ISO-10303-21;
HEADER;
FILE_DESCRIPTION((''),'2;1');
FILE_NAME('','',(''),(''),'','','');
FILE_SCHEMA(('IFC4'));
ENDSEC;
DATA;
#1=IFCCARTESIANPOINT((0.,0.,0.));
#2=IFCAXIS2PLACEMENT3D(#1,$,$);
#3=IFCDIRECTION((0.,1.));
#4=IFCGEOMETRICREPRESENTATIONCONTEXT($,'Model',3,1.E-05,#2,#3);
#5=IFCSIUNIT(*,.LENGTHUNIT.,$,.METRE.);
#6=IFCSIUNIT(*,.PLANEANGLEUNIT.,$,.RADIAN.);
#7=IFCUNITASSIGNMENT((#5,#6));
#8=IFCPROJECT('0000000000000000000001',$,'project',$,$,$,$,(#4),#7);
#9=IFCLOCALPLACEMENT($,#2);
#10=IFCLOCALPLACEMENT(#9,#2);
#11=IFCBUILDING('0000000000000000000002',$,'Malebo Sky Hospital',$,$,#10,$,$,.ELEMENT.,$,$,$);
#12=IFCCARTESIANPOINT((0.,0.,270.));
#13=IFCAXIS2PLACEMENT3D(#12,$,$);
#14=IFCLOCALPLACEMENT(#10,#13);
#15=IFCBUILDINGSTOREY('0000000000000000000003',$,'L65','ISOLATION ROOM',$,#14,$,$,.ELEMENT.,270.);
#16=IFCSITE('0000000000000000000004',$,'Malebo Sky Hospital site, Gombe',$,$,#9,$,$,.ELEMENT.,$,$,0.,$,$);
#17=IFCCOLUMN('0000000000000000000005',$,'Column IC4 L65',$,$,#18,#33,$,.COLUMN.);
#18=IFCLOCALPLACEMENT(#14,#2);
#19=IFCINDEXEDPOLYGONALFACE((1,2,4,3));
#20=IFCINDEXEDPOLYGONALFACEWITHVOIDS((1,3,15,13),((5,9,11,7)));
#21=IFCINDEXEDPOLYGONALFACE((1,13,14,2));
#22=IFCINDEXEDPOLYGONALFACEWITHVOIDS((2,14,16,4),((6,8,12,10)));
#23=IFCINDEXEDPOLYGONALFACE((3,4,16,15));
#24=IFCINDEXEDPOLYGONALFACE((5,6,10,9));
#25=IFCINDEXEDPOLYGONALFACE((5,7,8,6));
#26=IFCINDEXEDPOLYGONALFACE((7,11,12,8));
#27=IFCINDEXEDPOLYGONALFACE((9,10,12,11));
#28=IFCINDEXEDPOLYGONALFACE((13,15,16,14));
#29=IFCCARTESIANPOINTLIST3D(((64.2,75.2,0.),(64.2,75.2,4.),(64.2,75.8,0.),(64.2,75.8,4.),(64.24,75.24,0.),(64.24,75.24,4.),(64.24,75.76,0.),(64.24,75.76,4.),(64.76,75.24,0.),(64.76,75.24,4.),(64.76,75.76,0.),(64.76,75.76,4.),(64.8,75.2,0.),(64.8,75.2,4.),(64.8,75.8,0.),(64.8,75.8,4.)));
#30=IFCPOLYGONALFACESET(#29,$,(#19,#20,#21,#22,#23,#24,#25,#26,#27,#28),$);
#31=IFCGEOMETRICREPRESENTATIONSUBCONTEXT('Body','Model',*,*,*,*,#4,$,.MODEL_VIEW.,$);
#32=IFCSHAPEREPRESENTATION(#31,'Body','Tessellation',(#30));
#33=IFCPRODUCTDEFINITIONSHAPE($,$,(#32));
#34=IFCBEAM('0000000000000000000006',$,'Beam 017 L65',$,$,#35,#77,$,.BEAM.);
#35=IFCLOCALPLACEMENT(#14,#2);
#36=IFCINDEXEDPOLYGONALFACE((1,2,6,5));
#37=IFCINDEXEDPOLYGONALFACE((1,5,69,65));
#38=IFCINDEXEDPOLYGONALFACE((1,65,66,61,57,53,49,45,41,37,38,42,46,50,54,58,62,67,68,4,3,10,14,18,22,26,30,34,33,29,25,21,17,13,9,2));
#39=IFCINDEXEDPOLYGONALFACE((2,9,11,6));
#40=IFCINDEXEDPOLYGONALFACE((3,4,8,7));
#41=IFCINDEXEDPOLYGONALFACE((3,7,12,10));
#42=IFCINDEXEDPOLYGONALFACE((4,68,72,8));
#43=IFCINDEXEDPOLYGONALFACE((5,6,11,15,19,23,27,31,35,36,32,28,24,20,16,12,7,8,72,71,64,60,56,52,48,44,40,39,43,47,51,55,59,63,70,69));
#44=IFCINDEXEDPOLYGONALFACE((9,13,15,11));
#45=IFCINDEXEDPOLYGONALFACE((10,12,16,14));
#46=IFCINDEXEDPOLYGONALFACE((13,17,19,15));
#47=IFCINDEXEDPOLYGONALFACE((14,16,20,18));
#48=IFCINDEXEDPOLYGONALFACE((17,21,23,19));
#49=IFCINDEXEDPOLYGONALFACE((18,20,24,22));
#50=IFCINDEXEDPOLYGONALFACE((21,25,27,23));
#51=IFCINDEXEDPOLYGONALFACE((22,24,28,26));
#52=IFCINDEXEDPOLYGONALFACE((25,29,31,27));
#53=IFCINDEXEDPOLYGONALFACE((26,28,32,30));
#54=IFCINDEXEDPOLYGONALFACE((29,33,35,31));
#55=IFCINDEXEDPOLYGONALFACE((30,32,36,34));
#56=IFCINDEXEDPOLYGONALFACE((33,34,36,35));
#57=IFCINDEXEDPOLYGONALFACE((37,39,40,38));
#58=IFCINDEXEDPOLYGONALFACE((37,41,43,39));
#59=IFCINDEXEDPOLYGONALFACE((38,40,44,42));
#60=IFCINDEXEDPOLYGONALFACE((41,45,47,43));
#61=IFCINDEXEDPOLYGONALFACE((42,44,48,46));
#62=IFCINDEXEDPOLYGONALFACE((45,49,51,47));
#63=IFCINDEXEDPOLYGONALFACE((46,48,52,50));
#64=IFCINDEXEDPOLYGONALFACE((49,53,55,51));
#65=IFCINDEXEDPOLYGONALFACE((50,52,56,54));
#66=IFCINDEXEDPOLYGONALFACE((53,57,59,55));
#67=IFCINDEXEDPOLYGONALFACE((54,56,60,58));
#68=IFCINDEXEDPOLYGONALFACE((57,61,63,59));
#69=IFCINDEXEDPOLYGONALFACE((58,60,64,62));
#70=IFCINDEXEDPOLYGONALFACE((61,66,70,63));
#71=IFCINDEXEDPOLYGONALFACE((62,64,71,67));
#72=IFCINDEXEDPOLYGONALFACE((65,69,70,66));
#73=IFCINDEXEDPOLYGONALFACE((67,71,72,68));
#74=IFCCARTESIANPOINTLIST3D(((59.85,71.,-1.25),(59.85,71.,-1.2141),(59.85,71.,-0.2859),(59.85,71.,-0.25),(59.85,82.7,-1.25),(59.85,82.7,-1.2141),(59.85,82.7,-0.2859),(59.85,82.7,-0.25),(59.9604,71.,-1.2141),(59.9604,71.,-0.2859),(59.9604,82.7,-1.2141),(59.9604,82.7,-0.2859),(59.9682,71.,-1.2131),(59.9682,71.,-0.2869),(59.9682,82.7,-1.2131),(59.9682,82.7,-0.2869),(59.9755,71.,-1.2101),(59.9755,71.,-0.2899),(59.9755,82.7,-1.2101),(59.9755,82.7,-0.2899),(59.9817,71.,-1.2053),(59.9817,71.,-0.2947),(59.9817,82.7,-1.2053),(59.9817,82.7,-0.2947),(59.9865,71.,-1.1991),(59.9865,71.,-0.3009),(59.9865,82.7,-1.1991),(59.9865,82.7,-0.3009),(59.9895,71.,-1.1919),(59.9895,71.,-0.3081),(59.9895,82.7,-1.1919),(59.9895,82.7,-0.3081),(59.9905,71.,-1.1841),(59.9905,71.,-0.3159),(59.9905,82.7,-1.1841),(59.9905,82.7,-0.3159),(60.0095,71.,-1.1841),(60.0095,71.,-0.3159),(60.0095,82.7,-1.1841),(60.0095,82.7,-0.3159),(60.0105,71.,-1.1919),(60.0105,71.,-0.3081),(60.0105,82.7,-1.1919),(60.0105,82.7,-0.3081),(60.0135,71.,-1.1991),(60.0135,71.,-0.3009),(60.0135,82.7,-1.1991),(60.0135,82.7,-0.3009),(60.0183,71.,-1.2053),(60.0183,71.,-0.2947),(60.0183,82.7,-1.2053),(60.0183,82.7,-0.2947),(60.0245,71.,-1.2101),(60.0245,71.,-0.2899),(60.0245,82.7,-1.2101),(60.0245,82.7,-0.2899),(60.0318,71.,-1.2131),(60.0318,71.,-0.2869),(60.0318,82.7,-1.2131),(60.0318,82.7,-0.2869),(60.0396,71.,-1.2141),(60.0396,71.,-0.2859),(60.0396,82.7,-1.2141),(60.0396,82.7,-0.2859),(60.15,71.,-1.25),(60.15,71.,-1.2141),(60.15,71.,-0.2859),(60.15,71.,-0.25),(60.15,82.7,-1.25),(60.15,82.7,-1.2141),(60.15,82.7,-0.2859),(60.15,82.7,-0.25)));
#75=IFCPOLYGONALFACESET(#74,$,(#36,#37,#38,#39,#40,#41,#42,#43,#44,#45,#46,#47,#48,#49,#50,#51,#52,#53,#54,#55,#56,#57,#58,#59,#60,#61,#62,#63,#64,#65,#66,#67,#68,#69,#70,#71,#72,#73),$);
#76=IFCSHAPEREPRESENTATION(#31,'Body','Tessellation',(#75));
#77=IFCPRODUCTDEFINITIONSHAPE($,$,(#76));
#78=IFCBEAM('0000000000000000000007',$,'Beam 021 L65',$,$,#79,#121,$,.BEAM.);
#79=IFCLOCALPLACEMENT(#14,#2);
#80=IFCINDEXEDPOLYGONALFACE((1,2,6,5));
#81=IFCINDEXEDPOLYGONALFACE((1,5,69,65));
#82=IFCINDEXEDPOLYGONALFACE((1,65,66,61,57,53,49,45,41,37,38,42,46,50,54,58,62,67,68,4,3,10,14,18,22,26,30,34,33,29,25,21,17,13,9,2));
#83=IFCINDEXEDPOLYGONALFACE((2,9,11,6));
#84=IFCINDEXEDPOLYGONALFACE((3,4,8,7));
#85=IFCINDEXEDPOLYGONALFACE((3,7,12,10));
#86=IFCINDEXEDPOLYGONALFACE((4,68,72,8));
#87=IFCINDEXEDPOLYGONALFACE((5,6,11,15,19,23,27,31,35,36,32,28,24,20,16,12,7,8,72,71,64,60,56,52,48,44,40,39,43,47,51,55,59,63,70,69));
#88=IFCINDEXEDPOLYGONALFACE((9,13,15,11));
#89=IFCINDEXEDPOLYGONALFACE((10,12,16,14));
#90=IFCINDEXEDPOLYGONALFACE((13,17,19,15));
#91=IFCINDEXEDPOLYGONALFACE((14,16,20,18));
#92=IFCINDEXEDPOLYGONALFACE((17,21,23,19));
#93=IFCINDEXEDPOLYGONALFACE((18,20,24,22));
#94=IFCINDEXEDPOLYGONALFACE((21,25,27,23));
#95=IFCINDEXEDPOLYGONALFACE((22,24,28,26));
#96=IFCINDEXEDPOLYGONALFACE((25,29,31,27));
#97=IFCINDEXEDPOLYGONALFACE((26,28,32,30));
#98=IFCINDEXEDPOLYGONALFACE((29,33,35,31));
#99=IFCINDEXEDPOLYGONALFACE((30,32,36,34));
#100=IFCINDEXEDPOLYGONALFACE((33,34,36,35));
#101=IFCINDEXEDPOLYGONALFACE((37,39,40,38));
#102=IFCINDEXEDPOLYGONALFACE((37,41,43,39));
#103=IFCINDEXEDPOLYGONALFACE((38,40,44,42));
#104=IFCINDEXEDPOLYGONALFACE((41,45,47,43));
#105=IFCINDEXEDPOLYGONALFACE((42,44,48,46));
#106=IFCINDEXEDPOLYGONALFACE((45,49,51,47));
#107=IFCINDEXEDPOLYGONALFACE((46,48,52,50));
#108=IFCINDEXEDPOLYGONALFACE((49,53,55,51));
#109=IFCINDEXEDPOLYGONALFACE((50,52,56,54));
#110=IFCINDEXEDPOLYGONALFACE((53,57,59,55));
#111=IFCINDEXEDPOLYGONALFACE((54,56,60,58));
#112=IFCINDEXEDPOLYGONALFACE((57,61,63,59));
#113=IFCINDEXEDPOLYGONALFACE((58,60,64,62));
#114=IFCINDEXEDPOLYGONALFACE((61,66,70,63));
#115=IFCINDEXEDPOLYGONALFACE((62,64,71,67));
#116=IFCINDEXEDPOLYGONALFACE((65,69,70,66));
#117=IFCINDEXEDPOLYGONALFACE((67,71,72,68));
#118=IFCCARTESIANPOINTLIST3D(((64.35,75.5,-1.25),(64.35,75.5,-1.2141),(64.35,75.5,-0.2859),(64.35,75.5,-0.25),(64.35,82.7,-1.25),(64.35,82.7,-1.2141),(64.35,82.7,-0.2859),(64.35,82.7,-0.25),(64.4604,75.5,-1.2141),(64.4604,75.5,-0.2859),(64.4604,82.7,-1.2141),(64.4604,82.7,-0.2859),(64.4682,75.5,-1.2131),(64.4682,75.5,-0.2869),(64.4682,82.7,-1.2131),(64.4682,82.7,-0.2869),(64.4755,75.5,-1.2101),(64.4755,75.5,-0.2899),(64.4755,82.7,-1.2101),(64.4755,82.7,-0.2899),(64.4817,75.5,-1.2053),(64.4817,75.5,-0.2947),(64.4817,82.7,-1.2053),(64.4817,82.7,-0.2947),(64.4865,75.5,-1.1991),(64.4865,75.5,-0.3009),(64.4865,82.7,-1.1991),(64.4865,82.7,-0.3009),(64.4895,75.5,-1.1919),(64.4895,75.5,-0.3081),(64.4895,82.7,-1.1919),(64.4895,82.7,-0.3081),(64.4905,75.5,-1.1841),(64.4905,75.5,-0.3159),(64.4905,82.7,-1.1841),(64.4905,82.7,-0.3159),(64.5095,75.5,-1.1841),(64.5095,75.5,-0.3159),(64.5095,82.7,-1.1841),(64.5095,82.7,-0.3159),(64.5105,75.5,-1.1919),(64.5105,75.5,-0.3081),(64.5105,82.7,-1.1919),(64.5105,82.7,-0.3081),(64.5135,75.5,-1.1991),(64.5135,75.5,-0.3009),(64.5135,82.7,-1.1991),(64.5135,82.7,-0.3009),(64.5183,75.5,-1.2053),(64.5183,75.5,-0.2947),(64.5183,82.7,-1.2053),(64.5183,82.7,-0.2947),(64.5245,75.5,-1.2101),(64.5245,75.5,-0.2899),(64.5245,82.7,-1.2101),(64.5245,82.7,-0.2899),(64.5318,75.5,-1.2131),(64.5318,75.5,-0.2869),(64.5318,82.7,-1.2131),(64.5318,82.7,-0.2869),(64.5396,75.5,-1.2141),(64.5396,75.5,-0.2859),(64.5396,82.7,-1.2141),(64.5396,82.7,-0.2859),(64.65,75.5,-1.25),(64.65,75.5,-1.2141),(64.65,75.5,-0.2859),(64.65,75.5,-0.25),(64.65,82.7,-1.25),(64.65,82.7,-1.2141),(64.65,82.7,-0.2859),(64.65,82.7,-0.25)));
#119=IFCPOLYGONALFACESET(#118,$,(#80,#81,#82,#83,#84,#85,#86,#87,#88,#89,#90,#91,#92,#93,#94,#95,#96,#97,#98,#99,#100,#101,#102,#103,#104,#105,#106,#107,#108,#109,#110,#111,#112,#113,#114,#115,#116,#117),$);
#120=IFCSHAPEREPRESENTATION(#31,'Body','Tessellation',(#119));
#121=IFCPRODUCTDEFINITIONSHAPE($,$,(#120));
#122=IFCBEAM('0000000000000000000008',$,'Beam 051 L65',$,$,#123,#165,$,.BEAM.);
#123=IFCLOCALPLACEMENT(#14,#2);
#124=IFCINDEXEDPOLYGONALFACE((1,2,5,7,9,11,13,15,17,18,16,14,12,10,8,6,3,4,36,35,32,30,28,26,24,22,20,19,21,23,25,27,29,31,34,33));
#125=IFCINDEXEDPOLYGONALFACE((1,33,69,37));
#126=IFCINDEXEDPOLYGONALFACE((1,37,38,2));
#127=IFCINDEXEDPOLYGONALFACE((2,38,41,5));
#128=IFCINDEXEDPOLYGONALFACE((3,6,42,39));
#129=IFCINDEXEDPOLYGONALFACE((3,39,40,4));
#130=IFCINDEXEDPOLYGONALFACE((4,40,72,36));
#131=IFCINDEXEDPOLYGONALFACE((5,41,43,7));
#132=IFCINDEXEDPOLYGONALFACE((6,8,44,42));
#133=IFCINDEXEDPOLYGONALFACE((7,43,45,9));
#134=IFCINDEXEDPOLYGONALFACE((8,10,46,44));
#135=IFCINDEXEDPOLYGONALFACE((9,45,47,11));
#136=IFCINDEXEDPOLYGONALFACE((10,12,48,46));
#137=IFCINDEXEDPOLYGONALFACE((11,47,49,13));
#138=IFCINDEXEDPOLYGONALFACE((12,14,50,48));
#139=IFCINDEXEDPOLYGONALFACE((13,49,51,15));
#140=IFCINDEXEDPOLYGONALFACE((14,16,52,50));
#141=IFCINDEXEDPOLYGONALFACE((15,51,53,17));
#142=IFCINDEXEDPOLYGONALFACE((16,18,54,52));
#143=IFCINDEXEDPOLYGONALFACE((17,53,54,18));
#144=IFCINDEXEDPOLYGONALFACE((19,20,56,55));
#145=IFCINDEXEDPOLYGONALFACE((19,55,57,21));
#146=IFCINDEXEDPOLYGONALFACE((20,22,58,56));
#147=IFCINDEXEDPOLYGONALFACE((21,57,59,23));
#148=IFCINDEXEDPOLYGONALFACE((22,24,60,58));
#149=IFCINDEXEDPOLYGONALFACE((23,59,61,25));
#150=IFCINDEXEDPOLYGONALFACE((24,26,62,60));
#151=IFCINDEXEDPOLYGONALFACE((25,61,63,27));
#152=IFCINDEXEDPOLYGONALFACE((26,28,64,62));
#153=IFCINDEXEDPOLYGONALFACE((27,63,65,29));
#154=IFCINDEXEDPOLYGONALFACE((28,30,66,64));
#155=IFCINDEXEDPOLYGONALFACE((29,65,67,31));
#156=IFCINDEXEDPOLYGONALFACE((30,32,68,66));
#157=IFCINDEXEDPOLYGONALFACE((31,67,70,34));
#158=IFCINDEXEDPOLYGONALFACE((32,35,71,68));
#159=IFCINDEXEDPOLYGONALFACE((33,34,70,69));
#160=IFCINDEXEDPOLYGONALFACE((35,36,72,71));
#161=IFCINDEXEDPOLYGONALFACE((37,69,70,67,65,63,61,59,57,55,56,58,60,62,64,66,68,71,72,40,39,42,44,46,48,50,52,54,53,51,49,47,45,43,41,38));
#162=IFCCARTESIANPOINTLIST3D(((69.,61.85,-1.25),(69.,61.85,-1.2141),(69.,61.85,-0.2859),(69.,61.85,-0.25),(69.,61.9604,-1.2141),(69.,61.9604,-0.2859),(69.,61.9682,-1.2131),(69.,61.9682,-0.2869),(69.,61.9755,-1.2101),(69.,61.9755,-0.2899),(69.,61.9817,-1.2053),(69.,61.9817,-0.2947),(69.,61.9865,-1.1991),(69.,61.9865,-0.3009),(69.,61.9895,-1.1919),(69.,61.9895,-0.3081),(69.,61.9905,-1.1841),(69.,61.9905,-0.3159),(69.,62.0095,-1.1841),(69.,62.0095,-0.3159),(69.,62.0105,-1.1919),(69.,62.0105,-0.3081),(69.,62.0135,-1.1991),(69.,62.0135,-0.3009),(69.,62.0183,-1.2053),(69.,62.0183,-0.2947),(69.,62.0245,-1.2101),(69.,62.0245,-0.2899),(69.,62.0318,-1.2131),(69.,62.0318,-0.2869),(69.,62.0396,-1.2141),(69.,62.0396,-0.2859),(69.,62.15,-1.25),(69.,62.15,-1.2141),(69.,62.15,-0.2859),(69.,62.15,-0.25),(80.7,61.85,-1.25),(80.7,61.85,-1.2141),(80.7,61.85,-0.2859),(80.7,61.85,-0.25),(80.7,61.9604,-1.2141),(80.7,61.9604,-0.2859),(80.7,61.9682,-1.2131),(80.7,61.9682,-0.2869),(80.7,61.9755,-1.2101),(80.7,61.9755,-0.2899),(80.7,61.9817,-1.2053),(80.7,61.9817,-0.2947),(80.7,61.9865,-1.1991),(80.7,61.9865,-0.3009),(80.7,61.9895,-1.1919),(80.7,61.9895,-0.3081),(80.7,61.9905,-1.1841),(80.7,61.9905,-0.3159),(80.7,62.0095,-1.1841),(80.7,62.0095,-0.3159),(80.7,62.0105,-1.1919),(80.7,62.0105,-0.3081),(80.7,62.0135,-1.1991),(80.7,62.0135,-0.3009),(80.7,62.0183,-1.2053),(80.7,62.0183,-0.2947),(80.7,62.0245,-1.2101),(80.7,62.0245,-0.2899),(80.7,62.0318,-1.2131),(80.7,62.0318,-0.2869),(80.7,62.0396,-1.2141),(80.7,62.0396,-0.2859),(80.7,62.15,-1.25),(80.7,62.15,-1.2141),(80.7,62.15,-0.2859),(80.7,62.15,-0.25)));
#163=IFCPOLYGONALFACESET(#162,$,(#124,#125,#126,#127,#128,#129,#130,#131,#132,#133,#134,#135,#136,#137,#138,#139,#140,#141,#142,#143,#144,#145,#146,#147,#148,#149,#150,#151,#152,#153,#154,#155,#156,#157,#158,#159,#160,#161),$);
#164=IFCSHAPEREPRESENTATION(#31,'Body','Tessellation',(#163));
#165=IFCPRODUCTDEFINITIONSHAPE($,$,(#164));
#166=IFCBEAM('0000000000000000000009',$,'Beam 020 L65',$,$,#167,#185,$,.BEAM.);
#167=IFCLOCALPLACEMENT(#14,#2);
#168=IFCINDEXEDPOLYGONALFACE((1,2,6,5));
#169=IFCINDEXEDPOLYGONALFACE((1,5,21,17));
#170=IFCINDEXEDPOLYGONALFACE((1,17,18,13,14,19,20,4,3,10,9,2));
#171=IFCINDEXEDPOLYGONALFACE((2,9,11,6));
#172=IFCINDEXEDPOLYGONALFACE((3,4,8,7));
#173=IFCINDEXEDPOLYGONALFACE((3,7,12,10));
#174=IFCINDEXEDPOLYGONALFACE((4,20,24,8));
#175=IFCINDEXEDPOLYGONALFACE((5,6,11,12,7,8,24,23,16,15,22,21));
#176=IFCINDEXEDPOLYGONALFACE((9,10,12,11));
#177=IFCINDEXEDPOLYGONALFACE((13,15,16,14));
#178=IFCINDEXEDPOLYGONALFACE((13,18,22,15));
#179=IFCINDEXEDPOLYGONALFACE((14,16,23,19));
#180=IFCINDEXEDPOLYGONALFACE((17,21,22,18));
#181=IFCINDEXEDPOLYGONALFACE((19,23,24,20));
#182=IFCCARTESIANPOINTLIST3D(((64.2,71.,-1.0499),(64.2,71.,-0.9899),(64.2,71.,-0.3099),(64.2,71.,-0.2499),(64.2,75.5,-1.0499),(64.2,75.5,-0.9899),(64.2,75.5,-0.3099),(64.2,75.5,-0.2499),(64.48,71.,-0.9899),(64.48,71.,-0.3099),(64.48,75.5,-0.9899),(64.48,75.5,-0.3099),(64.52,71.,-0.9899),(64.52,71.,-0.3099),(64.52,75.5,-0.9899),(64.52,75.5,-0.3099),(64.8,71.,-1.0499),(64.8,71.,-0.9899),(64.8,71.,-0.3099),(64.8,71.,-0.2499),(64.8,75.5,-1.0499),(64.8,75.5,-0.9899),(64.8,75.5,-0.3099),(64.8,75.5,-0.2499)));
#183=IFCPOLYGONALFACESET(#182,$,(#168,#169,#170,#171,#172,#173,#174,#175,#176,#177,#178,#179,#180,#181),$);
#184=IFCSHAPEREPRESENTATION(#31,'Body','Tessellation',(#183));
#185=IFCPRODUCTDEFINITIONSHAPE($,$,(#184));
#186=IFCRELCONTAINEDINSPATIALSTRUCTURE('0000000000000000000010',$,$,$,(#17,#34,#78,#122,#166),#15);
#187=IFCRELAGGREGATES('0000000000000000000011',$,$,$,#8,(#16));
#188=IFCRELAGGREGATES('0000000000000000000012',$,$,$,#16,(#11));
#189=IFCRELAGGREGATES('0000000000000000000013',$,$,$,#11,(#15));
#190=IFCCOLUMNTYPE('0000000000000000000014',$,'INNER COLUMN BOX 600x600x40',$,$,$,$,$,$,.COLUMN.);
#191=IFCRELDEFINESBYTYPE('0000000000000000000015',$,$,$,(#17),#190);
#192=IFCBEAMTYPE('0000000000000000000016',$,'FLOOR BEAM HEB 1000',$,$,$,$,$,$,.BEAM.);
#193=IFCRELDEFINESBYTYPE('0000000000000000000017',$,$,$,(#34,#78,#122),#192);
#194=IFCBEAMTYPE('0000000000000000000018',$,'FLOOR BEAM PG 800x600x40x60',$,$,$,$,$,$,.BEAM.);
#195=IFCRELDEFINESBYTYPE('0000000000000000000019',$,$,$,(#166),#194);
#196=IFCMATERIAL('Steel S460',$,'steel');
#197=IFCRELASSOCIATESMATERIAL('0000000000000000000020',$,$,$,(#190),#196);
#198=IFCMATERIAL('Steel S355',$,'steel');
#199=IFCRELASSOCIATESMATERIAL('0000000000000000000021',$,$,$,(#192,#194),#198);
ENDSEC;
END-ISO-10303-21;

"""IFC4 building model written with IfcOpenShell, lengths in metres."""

from ifc_helpers import new_model, si_unit, direction, frame, origin, origin_2d, place, context, subcontext, project, spatial, hollow_rectangle, i_section, extrude, material, material_profile, profile_set, type_object, element, save


model = new_model("IFC4")

# Units and contexts
model_context = context("Model", 3, precision=1e-05, world=origin(), true_north=direction((0.0, 1.0)))
body_context = subcontext(model_context, "Body", "Model", "MODEL_VIEW")
ifc_project = project(units=[si_unit("LENGTHUNIT", "METRE"), si_unit("PLANEANGLEUNIT", "RADIAN")], contexts=[model_context])

# Site, building, storey
site_placement = place(None, origin())
site = spatial("IfcSite", under=ifc_project, at=site_placement, Name="Malebo Sky Hospital site, Gombe", CompositionType="ELEMENT", RefElevation=0.0)
building_placement = place(site_placement, origin())
building = spatial("IfcBuilding", under=site, at=building_placement, Name="Malebo Sky Hospital", CompositionType="ELEMENT")
storey_placement = place(building_placement, frame((0.0, 0.0, 270.0)))
storey = spatial("IfcBuildingStorey", under=building, at=storey_placement, Name="L65", Description="ISOLATION ROOM", CompositionType="ELEMENT", Elevation=270.0)

# Column
ifc_material_1 = material(Name="Steel S460", Category="steel")
ifc_material_profile_1 = material_profile(ifc_material_1, hollow_rectangle(XDim=0.6001, YDim=0.6001, WallThickness=0.04, at=origin_2d()), Name="BOX 600x600x40")
ifc_profile_set_1 = profile_set([ifc_material_profile_1], Name="Steel S460")
column_type = type_object("IfcColumnType", Name="INNER COLUMN BOX 600x600x40", PredefinedType="COLUMN", material=ifc_profile_set_1)
column_placement = place(storey_placement, frame((64.5, 75.5, 0.0), z_axis=(0.0, 0.0, 1.0), x_axis=(1.0, 0.0, 0.0)))
element("IfcColumn", 1, at=column_placement, inside=storey, type_object=column_type, Name="Column IC4 L65", PredefinedType="COLUMN", context=body_context, shape_type="SweptSolid", body=[
    extrude(hollow_rectangle(XDim=0.6001, YDim=0.6001, WallThickness=0.04, at=origin_2d()), origin(), (0.0, 0.0, 1.0), 4.0),
])

# Beams
ifc_material_2 = material(Name="Steel S355", Category="steel")
ifc_material_profile_2 = material_profile(ifc_material_2, i_section(OverallWidth=0.3, OverallDepth=1.0, WebThickness=0.019, FlangeThickness=0.0359, FilletRadius=0.03, at=origin_2d()), Name="HEB 1000")
ifc_profile_set_2 = profile_set([ifc_material_profile_2], Name="Steel S355")
beam_type_1 = type_object("IfcBeamType", Name="FLOOR BEAM HEB 1000", PredefinedType="BEAM", material=ifc_profile_set_2)
beam_1_placement = place(storey_placement, frame((60.0, 71.0, -0.75), z_axis=(0.0, 1.0, 0.0), x_axis=(-1.0, 0.0, 0.0)))
element("IfcBeam", 2, at=beam_1_placement, inside=storey, type_object=beam_type_1, Name="Beam 017 L65", PredefinedType="BEAM", context=body_context, shape_type="SweptSolid", body=[
    extrude(i_section(OverallWidth=0.3, OverallDepth=1.0, WebThickness=0.019, FlangeThickness=0.0359, FilletRadius=0.03, at=origin_2d()), origin(), (0.0, 0.0, 1.0), 11.7),
])
beam_2_placement = place(storey_placement, frame((64.5, 75.5, -0.75), z_axis=(0.0, 1.0, 0.0), x_axis=(-1.0, 0.0, 0.0)))
element("IfcBeam", 3, at=beam_2_placement, inside=storey, type_object=beam_type_1, Name="Beam 021 L65", PredefinedType="BEAM", context=body_context, shape_type="SweptSolid", body=[
    extrude(i_section(OverallWidth=0.3, OverallDepth=1.0, WebThickness=0.019, FlangeThickness=0.0359, FilletRadius=0.03, at=origin_2d()), origin(), (0.0, 0.0, 1.0), 7.2),
])
beam_3_placement = place(storey_placement, frame((69.0, 62.0, -0.75), z_axis=(1.0, 0.0, 0.0), x_axis=(0.0, 1.0, 0.0)))
element("IfcBeam", 4, at=beam_3_placement, inside=storey, type_object=beam_type_1, Name="Beam 051 L65", PredefinedType="BEAM", context=body_context, shape_type="SweptSolid", body=[
    extrude(i_section(OverallWidth=0.3, OverallDepth=1.0, WebThickness=0.019, FlangeThickness=0.0359, FilletRadius=0.03, at=origin_2d()), origin(), (0.0, 0.0, 1.0), 11.7),
])
ifc_material_profile_3 = material_profile(ifc_material_2, i_section(OverallWidth=0.6001, OverallDepth=0.8, WebThickness=0.04, FlangeThickness=0.0601, at=origin_2d()), Name="PG 800x600x40x60")
ifc_profile_set_3 = profile_set([ifc_material_profile_3], Name="Steel S355")
beam_type_2 = type_object("IfcBeamType", Name="FLOOR BEAM PG 800x600x40x60", PredefinedType="BEAM", material=ifc_profile_set_3)
for number, where, z_axis, x_axis, name in (
    (5, (64.5, 71.0, -0.6499), (0.0, 1.0, 0.0), (-1.0, 0.0, 0.0), "Beam 020 L65"),
):
    element("IfcBeam", number, at=place(storey_placement, frame(where, z_axis=z_axis, x_axis=x_axis)), inside=storey, type_object=beam_type_2, Name=name, PredefinedType="BEAM", context=body_context, shape_type="SweptSolid", body=[
        extrude(i_section(OverallWidth=0.6001, OverallDepth=0.8, WebThickness=0.04, FlangeThickness=0.0601, at=origin_2d()), origin(), (0.0, 0.0, 1.0), 4.5),
    ])

save(model, "model.ifc")
